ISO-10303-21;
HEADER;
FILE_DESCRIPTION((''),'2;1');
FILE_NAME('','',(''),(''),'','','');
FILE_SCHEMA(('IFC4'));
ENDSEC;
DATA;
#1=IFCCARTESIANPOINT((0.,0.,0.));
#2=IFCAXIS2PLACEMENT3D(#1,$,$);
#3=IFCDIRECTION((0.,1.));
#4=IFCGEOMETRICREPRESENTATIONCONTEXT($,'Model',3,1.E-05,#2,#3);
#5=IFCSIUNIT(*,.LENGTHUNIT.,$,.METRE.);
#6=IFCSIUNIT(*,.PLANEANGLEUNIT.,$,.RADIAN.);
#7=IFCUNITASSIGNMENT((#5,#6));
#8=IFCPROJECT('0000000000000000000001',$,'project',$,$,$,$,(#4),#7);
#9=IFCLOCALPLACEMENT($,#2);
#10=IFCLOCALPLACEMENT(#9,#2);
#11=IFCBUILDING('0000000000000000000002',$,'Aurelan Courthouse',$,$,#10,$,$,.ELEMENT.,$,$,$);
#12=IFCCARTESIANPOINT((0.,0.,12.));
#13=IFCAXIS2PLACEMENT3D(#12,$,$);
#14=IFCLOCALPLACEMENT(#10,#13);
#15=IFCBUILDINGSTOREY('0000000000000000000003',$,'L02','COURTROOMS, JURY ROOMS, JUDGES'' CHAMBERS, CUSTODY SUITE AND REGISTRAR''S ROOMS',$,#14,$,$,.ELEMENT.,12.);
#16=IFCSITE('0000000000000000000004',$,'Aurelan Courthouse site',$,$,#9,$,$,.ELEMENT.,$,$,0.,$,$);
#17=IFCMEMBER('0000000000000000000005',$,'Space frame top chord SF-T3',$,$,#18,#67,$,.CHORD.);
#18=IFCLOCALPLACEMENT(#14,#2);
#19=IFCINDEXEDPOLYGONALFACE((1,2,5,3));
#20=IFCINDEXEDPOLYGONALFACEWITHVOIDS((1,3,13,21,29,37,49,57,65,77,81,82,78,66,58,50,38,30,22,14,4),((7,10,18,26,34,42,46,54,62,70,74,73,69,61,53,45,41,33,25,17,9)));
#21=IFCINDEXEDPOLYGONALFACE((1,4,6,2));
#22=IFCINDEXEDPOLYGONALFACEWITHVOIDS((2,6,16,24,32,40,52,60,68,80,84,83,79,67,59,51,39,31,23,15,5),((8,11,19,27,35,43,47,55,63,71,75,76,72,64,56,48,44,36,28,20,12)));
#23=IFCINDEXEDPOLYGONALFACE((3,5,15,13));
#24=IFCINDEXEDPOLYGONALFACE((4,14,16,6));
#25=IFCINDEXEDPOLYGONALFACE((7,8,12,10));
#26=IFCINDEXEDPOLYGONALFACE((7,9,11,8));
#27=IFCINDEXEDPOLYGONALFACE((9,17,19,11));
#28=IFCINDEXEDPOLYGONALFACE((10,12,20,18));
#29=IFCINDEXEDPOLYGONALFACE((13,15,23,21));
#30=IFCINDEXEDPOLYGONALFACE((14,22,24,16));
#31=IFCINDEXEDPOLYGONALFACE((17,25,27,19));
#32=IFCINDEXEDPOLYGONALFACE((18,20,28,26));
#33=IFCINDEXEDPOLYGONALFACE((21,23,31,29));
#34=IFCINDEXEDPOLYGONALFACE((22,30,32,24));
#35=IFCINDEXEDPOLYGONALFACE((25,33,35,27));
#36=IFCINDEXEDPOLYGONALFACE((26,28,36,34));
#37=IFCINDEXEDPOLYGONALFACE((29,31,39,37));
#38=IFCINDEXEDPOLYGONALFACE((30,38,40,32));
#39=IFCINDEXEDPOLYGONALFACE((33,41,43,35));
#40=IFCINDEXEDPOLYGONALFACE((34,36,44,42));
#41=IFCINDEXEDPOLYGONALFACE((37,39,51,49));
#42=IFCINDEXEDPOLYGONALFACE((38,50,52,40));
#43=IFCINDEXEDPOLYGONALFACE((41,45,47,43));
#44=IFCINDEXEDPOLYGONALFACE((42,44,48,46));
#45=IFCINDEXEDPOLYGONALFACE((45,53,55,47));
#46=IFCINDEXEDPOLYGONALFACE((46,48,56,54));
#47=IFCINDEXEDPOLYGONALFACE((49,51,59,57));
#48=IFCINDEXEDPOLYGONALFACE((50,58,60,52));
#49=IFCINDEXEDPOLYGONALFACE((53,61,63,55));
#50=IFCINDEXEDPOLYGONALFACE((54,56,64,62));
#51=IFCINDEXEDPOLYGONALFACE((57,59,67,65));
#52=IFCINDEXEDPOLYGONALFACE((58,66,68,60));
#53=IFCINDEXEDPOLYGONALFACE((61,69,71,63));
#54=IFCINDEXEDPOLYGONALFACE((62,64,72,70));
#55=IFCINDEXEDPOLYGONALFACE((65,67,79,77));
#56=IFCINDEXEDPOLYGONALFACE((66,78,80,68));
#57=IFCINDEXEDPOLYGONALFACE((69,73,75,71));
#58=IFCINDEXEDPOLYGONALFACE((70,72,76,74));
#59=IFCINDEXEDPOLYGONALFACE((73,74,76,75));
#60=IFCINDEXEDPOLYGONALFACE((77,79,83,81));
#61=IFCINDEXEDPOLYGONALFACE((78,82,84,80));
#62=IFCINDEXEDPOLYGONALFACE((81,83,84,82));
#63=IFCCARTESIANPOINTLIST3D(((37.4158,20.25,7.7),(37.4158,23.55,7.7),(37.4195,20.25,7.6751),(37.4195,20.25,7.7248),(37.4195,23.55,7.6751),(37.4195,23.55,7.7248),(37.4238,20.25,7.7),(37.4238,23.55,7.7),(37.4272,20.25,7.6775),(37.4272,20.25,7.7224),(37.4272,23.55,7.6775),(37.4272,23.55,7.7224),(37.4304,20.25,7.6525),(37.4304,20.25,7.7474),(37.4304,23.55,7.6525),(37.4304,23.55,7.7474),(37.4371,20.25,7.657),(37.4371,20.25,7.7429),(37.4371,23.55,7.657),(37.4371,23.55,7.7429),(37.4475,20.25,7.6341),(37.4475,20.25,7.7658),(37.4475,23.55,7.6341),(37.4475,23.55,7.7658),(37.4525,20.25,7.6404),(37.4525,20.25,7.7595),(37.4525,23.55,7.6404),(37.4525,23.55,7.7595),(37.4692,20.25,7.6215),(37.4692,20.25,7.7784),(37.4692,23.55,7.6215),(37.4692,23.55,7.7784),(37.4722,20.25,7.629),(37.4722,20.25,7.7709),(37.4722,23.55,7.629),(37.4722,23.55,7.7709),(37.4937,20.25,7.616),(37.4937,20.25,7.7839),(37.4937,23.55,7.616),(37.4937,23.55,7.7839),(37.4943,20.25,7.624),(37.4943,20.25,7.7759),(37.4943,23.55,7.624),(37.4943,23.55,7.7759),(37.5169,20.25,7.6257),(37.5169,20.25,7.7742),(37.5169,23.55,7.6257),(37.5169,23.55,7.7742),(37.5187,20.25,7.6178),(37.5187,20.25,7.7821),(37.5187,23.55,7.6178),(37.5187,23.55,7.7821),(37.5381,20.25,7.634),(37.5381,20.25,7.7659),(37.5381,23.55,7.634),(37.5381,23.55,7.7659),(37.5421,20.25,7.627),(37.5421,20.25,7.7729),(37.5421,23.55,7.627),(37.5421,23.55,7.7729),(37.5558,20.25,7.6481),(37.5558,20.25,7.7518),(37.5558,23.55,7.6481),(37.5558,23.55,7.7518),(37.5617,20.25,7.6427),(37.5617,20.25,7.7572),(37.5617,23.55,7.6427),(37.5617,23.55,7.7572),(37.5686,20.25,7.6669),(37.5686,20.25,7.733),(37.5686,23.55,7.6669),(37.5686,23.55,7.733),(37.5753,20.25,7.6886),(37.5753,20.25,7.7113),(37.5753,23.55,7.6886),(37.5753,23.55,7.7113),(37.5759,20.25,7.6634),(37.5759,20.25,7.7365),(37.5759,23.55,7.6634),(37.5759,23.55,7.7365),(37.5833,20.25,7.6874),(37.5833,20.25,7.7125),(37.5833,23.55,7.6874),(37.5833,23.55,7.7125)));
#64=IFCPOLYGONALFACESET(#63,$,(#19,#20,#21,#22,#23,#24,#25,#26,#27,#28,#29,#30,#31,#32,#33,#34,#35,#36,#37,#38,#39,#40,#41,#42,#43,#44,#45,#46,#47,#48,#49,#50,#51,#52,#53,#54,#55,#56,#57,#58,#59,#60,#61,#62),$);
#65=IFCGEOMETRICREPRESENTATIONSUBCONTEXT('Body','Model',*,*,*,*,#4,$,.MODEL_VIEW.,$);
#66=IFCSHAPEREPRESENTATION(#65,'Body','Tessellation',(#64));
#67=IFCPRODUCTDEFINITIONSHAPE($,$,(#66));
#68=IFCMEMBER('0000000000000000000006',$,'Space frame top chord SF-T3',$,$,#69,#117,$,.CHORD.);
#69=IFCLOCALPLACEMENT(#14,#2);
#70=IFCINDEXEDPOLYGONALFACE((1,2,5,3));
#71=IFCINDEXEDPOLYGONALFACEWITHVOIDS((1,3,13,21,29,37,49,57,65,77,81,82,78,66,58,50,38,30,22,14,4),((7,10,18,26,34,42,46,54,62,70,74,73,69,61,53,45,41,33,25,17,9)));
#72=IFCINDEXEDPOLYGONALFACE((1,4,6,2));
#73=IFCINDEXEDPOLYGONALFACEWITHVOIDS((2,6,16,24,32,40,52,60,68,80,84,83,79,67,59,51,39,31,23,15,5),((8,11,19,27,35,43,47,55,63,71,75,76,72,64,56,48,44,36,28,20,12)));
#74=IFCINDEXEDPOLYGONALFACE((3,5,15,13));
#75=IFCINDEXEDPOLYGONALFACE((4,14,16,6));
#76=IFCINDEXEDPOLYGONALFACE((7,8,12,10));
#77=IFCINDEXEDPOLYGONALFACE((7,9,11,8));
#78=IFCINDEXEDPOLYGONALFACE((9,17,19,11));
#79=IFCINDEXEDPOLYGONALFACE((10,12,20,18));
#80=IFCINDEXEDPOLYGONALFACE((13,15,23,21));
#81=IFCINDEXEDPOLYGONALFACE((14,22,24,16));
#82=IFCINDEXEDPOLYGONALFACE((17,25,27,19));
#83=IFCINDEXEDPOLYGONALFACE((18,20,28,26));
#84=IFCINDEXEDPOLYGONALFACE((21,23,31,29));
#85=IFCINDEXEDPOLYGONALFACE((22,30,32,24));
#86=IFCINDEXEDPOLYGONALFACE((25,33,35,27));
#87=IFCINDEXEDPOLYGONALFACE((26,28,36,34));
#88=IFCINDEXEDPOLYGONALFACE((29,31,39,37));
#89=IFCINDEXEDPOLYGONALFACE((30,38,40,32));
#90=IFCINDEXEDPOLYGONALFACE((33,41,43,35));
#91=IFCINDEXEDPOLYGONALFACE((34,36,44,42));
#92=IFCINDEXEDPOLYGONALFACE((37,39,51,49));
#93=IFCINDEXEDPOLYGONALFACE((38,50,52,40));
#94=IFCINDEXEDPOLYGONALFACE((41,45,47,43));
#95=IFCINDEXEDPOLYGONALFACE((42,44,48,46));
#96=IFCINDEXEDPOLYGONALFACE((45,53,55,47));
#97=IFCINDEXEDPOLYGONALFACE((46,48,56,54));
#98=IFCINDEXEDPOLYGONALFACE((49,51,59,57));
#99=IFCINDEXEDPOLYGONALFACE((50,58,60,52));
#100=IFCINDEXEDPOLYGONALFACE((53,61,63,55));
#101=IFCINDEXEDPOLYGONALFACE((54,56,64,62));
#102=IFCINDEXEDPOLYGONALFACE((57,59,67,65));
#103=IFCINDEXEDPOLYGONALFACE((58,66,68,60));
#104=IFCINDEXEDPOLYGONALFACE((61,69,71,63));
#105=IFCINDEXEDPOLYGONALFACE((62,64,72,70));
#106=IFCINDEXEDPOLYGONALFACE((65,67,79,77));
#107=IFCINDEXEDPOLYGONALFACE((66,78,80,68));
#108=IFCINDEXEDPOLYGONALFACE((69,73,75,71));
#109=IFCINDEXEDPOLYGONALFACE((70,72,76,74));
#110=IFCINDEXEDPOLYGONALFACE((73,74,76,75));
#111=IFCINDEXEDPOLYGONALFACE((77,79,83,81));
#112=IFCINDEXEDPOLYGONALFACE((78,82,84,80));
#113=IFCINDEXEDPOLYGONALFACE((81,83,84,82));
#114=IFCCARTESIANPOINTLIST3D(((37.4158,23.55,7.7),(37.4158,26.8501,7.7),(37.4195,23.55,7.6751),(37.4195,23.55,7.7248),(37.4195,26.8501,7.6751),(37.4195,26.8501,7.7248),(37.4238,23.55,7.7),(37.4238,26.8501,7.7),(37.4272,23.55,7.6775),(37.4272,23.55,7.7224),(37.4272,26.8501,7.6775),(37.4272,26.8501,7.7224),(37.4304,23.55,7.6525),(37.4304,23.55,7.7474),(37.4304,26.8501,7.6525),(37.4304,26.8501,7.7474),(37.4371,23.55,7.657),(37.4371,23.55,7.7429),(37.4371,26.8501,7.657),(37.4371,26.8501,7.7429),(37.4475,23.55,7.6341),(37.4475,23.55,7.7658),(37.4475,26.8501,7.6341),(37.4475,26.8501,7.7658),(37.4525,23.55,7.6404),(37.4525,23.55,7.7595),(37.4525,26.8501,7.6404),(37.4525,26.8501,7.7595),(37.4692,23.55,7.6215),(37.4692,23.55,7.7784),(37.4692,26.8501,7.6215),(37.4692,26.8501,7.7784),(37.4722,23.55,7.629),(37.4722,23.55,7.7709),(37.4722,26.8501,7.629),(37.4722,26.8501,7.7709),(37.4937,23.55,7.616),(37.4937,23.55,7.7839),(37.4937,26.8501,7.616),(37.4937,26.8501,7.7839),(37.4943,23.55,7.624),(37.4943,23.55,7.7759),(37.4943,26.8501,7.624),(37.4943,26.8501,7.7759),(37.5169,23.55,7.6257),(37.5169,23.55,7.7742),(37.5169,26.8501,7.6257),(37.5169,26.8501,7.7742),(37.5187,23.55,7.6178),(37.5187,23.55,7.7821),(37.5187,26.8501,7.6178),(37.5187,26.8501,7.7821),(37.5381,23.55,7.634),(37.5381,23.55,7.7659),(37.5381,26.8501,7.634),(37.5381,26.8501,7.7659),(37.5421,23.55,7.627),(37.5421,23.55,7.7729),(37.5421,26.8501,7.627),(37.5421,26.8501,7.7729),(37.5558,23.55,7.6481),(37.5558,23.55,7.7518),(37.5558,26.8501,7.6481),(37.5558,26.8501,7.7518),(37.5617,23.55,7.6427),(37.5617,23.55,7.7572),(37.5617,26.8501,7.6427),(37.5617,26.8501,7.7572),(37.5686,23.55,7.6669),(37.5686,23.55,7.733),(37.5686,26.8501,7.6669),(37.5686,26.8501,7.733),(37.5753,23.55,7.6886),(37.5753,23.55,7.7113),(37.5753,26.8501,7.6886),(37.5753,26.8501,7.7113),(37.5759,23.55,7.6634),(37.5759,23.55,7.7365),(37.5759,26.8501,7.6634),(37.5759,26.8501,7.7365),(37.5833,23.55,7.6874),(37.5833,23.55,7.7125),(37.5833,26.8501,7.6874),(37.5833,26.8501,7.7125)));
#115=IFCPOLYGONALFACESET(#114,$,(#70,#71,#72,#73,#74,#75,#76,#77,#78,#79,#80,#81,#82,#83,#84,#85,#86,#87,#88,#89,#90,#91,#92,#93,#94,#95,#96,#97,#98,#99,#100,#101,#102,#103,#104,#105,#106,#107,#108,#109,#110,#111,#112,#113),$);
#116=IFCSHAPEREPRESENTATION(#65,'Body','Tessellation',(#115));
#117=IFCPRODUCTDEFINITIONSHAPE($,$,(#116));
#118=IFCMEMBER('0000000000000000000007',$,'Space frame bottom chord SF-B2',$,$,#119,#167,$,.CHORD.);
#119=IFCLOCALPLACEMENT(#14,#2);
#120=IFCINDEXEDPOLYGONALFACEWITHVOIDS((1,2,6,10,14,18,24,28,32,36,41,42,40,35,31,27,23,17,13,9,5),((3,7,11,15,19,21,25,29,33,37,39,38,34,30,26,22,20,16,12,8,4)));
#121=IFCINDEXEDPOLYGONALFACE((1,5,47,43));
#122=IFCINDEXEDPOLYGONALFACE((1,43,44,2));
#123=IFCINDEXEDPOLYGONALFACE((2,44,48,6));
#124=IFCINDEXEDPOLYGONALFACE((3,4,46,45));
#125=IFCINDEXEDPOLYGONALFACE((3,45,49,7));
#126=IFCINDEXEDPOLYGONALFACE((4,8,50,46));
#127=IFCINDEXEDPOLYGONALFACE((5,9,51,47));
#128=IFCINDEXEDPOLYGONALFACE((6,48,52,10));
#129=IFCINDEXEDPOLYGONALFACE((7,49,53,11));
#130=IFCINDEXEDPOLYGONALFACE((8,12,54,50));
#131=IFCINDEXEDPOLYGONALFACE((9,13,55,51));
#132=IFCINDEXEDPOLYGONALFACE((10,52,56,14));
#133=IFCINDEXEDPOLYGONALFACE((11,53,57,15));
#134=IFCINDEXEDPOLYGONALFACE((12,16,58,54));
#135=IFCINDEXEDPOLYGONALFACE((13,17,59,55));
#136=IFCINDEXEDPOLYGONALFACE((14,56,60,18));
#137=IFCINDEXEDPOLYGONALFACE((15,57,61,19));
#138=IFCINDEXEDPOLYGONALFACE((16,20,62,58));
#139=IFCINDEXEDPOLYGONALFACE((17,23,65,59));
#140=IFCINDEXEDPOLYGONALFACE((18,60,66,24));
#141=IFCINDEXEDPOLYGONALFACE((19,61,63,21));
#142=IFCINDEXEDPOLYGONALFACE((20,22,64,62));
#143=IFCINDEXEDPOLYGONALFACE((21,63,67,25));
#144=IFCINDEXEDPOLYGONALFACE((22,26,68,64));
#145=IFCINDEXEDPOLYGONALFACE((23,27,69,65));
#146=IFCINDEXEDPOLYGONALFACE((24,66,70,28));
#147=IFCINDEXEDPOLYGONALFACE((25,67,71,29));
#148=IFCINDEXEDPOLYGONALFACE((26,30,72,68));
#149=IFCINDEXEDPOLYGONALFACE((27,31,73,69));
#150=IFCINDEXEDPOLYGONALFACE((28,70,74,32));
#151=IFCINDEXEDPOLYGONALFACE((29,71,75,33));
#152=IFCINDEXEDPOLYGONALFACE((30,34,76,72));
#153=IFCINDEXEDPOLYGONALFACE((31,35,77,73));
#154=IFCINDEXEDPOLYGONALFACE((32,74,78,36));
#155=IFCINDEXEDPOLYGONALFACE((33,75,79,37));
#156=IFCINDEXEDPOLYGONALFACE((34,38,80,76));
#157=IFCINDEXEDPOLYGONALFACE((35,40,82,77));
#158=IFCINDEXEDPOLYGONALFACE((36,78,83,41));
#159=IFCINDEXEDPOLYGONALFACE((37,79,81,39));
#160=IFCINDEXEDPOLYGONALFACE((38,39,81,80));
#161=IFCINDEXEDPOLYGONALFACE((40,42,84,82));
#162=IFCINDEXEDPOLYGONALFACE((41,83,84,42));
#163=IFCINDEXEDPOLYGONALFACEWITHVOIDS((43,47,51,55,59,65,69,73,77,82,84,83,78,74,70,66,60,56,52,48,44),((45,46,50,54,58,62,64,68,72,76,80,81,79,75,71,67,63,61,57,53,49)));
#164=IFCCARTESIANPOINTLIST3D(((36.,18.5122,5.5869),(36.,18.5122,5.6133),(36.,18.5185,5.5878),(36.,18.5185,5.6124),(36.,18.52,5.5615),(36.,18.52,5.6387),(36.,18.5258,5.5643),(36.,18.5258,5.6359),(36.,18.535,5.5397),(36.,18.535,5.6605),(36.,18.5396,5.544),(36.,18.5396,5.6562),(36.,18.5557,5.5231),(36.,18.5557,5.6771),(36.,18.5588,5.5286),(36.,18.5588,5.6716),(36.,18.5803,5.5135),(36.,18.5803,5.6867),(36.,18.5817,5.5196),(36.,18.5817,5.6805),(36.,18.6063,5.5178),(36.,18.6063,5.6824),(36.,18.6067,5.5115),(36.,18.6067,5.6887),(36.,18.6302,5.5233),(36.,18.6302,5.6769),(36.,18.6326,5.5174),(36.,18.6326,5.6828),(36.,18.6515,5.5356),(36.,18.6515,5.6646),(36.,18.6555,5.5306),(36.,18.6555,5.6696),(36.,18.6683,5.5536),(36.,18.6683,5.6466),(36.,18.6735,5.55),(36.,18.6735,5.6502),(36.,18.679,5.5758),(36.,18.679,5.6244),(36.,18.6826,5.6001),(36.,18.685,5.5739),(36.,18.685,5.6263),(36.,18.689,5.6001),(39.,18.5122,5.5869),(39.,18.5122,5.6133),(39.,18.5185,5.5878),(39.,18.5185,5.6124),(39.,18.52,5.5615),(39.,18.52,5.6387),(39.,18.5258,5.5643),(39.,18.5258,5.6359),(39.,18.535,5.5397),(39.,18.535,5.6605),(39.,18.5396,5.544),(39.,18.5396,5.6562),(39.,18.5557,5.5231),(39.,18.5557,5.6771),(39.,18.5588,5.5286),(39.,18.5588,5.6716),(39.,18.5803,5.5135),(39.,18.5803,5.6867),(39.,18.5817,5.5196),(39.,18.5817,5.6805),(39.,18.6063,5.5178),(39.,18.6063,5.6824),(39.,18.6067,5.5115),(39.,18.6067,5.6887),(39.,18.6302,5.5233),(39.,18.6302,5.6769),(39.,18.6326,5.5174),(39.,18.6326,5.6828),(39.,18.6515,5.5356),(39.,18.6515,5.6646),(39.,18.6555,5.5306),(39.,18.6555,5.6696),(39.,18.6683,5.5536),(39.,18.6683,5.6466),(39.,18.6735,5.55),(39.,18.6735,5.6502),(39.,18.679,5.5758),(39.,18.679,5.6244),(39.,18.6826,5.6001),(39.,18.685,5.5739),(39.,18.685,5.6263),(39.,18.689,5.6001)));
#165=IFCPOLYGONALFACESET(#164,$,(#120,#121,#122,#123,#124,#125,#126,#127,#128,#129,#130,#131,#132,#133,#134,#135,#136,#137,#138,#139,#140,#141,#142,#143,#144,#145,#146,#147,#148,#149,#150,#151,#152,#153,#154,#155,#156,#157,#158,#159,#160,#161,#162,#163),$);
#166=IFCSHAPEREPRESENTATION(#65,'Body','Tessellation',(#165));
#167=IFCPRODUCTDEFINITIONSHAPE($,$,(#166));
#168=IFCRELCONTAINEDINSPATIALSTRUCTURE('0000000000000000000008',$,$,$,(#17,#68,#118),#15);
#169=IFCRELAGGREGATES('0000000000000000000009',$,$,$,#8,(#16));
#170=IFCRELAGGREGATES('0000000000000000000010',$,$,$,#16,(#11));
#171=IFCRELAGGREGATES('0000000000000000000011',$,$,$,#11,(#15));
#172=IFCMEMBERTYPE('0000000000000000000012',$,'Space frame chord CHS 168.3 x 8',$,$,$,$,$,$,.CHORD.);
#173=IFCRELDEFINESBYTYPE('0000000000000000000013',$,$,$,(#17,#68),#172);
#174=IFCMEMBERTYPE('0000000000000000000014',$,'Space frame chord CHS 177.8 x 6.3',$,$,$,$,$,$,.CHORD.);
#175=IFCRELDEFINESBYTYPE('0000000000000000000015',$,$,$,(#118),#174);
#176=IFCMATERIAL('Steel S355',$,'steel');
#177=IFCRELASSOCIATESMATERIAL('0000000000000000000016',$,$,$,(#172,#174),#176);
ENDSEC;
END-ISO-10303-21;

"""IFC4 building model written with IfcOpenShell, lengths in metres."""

from ifc_helpers import new_model, si_unit, direction, frame, origin, origin_2d, place, context, subcontext, project, spatial, hollow_circle, extrude, material, material_profile, profile_set, type_object, element, save


model = new_model("IFC4")

# Units and contexts
model_context = context("Model", 3, precision=1e-05, world=origin(), true_north=direction((0.0, 1.0)))
body_context = subcontext(model_context, "Body", "Model", "MODEL_VIEW")
ifc_project = project(units=[si_unit("LENGTHUNIT", "METRE"), si_unit("PLANEANGLEUNIT", "RADIAN")], contexts=[model_context])

# Site, building, storey
site_placement = place(None, origin())
site = spatial("IfcSite", under=ifc_project, at=site_placement, Name="Aurelan Courthouse site", CompositionType="ELEMENT", RefElevation=0.0)
building_placement = place(site_placement, origin())
building = spatial("IfcBuilding", under=site, at=building_placement, Name="Aurelan Courthouse", CompositionType="ELEMENT")
storey_placement = place(building_placement, frame((0.0, 0.0, 12.0)))
storey = spatial("IfcBuildingStorey", under=building, at=storey_placement, Name="L02", Description="COURTROOMS, JURY ROOMS, JUDGES' CHAMBERS, CUSTODY SUITE AND REGISTRAR'S ROOMS", CompositionType="ELEMENT", Elevation=12.0)

# Members
ifc_material_1 = material(Name="Steel S355", Category="steel")
ifc_material_profile_1 = material_profile(ifc_material_1, hollow_circle(Radius=0.0842, WallThickness=0.0081, at=origin_2d()), Name="CHS 168.3 x 8")
ifc_profile_set_1 = profile_set([ifc_material_profile_1], Name="Steel S355")
member_type_1 = type_object("IfcMemberType", Name="Space frame chord CHS 168.3 x 8", PredefinedType="CHORD", material=ifc_profile_set_1)
for number, where, z_axis, x_axis, name in (
    (1, (37.5, 20.25, 7.7), (0.0, 1.0, 0.0), (-1.0, 0.0, 0.0), "Space frame top chord SF-T3"),
    (2, (37.5, 23.55, 7.7), (0.0, 1.0, 0.0), (-1.0, 0.0, 0.0), "Space frame top chord SF-T3"),
):
    element("IfcMember", number, at=place(storey_placement, frame(where, z_axis=z_axis, x_axis=x_axis)), inside=storey, type_object=member_type_1, Name=name, PredefinedType="CHORD", context=body_context, shape_type="SweptSolid", body=[
        extrude(hollow_circle(Radius=0.0842, WallThickness=0.0081, at=origin_2d()), origin(), (0.0, 0.0, 1.0), 3.3),
    ])
ifc_material_profile_2 = material_profile(ifc_material_1, hollow_circle(Radius=0.0889, WallThickness=0.0063, at=origin_2d()), Name="CHS 177.8 x 6.3")
ifc_profile_set_2 = profile_set([ifc_material_profile_2], Name="Steel S355")
member_type_2 = type_object("IfcMemberType", Name="Space frame chord CHS 177.8 x 6.3", PredefinedType="CHORD", material=ifc_profile_set_2)
for number, where, z_axis, x_axis, name in (
    (3, (36.0, 18.6001, 5.6001), (1.0, 0.0, 0.0), (0.0, 1.0, 0.0), "Space frame bottom chord SF-B2"),
):
    element("IfcMember", number, at=place(storey_placement, frame(where, z_axis=z_axis, x_axis=x_axis)), inside=storey, type_object=member_type_2, Name=name, PredefinedType="CHORD", context=body_context, shape_type="SweptSolid", body=[
        extrude(hollow_circle(Radius=0.0889, WallThickness=0.0063, at=origin_2d()), origin(), (0.0, 0.0, 1.0), 3.0),
    ])

save(model, "model.ifc")
